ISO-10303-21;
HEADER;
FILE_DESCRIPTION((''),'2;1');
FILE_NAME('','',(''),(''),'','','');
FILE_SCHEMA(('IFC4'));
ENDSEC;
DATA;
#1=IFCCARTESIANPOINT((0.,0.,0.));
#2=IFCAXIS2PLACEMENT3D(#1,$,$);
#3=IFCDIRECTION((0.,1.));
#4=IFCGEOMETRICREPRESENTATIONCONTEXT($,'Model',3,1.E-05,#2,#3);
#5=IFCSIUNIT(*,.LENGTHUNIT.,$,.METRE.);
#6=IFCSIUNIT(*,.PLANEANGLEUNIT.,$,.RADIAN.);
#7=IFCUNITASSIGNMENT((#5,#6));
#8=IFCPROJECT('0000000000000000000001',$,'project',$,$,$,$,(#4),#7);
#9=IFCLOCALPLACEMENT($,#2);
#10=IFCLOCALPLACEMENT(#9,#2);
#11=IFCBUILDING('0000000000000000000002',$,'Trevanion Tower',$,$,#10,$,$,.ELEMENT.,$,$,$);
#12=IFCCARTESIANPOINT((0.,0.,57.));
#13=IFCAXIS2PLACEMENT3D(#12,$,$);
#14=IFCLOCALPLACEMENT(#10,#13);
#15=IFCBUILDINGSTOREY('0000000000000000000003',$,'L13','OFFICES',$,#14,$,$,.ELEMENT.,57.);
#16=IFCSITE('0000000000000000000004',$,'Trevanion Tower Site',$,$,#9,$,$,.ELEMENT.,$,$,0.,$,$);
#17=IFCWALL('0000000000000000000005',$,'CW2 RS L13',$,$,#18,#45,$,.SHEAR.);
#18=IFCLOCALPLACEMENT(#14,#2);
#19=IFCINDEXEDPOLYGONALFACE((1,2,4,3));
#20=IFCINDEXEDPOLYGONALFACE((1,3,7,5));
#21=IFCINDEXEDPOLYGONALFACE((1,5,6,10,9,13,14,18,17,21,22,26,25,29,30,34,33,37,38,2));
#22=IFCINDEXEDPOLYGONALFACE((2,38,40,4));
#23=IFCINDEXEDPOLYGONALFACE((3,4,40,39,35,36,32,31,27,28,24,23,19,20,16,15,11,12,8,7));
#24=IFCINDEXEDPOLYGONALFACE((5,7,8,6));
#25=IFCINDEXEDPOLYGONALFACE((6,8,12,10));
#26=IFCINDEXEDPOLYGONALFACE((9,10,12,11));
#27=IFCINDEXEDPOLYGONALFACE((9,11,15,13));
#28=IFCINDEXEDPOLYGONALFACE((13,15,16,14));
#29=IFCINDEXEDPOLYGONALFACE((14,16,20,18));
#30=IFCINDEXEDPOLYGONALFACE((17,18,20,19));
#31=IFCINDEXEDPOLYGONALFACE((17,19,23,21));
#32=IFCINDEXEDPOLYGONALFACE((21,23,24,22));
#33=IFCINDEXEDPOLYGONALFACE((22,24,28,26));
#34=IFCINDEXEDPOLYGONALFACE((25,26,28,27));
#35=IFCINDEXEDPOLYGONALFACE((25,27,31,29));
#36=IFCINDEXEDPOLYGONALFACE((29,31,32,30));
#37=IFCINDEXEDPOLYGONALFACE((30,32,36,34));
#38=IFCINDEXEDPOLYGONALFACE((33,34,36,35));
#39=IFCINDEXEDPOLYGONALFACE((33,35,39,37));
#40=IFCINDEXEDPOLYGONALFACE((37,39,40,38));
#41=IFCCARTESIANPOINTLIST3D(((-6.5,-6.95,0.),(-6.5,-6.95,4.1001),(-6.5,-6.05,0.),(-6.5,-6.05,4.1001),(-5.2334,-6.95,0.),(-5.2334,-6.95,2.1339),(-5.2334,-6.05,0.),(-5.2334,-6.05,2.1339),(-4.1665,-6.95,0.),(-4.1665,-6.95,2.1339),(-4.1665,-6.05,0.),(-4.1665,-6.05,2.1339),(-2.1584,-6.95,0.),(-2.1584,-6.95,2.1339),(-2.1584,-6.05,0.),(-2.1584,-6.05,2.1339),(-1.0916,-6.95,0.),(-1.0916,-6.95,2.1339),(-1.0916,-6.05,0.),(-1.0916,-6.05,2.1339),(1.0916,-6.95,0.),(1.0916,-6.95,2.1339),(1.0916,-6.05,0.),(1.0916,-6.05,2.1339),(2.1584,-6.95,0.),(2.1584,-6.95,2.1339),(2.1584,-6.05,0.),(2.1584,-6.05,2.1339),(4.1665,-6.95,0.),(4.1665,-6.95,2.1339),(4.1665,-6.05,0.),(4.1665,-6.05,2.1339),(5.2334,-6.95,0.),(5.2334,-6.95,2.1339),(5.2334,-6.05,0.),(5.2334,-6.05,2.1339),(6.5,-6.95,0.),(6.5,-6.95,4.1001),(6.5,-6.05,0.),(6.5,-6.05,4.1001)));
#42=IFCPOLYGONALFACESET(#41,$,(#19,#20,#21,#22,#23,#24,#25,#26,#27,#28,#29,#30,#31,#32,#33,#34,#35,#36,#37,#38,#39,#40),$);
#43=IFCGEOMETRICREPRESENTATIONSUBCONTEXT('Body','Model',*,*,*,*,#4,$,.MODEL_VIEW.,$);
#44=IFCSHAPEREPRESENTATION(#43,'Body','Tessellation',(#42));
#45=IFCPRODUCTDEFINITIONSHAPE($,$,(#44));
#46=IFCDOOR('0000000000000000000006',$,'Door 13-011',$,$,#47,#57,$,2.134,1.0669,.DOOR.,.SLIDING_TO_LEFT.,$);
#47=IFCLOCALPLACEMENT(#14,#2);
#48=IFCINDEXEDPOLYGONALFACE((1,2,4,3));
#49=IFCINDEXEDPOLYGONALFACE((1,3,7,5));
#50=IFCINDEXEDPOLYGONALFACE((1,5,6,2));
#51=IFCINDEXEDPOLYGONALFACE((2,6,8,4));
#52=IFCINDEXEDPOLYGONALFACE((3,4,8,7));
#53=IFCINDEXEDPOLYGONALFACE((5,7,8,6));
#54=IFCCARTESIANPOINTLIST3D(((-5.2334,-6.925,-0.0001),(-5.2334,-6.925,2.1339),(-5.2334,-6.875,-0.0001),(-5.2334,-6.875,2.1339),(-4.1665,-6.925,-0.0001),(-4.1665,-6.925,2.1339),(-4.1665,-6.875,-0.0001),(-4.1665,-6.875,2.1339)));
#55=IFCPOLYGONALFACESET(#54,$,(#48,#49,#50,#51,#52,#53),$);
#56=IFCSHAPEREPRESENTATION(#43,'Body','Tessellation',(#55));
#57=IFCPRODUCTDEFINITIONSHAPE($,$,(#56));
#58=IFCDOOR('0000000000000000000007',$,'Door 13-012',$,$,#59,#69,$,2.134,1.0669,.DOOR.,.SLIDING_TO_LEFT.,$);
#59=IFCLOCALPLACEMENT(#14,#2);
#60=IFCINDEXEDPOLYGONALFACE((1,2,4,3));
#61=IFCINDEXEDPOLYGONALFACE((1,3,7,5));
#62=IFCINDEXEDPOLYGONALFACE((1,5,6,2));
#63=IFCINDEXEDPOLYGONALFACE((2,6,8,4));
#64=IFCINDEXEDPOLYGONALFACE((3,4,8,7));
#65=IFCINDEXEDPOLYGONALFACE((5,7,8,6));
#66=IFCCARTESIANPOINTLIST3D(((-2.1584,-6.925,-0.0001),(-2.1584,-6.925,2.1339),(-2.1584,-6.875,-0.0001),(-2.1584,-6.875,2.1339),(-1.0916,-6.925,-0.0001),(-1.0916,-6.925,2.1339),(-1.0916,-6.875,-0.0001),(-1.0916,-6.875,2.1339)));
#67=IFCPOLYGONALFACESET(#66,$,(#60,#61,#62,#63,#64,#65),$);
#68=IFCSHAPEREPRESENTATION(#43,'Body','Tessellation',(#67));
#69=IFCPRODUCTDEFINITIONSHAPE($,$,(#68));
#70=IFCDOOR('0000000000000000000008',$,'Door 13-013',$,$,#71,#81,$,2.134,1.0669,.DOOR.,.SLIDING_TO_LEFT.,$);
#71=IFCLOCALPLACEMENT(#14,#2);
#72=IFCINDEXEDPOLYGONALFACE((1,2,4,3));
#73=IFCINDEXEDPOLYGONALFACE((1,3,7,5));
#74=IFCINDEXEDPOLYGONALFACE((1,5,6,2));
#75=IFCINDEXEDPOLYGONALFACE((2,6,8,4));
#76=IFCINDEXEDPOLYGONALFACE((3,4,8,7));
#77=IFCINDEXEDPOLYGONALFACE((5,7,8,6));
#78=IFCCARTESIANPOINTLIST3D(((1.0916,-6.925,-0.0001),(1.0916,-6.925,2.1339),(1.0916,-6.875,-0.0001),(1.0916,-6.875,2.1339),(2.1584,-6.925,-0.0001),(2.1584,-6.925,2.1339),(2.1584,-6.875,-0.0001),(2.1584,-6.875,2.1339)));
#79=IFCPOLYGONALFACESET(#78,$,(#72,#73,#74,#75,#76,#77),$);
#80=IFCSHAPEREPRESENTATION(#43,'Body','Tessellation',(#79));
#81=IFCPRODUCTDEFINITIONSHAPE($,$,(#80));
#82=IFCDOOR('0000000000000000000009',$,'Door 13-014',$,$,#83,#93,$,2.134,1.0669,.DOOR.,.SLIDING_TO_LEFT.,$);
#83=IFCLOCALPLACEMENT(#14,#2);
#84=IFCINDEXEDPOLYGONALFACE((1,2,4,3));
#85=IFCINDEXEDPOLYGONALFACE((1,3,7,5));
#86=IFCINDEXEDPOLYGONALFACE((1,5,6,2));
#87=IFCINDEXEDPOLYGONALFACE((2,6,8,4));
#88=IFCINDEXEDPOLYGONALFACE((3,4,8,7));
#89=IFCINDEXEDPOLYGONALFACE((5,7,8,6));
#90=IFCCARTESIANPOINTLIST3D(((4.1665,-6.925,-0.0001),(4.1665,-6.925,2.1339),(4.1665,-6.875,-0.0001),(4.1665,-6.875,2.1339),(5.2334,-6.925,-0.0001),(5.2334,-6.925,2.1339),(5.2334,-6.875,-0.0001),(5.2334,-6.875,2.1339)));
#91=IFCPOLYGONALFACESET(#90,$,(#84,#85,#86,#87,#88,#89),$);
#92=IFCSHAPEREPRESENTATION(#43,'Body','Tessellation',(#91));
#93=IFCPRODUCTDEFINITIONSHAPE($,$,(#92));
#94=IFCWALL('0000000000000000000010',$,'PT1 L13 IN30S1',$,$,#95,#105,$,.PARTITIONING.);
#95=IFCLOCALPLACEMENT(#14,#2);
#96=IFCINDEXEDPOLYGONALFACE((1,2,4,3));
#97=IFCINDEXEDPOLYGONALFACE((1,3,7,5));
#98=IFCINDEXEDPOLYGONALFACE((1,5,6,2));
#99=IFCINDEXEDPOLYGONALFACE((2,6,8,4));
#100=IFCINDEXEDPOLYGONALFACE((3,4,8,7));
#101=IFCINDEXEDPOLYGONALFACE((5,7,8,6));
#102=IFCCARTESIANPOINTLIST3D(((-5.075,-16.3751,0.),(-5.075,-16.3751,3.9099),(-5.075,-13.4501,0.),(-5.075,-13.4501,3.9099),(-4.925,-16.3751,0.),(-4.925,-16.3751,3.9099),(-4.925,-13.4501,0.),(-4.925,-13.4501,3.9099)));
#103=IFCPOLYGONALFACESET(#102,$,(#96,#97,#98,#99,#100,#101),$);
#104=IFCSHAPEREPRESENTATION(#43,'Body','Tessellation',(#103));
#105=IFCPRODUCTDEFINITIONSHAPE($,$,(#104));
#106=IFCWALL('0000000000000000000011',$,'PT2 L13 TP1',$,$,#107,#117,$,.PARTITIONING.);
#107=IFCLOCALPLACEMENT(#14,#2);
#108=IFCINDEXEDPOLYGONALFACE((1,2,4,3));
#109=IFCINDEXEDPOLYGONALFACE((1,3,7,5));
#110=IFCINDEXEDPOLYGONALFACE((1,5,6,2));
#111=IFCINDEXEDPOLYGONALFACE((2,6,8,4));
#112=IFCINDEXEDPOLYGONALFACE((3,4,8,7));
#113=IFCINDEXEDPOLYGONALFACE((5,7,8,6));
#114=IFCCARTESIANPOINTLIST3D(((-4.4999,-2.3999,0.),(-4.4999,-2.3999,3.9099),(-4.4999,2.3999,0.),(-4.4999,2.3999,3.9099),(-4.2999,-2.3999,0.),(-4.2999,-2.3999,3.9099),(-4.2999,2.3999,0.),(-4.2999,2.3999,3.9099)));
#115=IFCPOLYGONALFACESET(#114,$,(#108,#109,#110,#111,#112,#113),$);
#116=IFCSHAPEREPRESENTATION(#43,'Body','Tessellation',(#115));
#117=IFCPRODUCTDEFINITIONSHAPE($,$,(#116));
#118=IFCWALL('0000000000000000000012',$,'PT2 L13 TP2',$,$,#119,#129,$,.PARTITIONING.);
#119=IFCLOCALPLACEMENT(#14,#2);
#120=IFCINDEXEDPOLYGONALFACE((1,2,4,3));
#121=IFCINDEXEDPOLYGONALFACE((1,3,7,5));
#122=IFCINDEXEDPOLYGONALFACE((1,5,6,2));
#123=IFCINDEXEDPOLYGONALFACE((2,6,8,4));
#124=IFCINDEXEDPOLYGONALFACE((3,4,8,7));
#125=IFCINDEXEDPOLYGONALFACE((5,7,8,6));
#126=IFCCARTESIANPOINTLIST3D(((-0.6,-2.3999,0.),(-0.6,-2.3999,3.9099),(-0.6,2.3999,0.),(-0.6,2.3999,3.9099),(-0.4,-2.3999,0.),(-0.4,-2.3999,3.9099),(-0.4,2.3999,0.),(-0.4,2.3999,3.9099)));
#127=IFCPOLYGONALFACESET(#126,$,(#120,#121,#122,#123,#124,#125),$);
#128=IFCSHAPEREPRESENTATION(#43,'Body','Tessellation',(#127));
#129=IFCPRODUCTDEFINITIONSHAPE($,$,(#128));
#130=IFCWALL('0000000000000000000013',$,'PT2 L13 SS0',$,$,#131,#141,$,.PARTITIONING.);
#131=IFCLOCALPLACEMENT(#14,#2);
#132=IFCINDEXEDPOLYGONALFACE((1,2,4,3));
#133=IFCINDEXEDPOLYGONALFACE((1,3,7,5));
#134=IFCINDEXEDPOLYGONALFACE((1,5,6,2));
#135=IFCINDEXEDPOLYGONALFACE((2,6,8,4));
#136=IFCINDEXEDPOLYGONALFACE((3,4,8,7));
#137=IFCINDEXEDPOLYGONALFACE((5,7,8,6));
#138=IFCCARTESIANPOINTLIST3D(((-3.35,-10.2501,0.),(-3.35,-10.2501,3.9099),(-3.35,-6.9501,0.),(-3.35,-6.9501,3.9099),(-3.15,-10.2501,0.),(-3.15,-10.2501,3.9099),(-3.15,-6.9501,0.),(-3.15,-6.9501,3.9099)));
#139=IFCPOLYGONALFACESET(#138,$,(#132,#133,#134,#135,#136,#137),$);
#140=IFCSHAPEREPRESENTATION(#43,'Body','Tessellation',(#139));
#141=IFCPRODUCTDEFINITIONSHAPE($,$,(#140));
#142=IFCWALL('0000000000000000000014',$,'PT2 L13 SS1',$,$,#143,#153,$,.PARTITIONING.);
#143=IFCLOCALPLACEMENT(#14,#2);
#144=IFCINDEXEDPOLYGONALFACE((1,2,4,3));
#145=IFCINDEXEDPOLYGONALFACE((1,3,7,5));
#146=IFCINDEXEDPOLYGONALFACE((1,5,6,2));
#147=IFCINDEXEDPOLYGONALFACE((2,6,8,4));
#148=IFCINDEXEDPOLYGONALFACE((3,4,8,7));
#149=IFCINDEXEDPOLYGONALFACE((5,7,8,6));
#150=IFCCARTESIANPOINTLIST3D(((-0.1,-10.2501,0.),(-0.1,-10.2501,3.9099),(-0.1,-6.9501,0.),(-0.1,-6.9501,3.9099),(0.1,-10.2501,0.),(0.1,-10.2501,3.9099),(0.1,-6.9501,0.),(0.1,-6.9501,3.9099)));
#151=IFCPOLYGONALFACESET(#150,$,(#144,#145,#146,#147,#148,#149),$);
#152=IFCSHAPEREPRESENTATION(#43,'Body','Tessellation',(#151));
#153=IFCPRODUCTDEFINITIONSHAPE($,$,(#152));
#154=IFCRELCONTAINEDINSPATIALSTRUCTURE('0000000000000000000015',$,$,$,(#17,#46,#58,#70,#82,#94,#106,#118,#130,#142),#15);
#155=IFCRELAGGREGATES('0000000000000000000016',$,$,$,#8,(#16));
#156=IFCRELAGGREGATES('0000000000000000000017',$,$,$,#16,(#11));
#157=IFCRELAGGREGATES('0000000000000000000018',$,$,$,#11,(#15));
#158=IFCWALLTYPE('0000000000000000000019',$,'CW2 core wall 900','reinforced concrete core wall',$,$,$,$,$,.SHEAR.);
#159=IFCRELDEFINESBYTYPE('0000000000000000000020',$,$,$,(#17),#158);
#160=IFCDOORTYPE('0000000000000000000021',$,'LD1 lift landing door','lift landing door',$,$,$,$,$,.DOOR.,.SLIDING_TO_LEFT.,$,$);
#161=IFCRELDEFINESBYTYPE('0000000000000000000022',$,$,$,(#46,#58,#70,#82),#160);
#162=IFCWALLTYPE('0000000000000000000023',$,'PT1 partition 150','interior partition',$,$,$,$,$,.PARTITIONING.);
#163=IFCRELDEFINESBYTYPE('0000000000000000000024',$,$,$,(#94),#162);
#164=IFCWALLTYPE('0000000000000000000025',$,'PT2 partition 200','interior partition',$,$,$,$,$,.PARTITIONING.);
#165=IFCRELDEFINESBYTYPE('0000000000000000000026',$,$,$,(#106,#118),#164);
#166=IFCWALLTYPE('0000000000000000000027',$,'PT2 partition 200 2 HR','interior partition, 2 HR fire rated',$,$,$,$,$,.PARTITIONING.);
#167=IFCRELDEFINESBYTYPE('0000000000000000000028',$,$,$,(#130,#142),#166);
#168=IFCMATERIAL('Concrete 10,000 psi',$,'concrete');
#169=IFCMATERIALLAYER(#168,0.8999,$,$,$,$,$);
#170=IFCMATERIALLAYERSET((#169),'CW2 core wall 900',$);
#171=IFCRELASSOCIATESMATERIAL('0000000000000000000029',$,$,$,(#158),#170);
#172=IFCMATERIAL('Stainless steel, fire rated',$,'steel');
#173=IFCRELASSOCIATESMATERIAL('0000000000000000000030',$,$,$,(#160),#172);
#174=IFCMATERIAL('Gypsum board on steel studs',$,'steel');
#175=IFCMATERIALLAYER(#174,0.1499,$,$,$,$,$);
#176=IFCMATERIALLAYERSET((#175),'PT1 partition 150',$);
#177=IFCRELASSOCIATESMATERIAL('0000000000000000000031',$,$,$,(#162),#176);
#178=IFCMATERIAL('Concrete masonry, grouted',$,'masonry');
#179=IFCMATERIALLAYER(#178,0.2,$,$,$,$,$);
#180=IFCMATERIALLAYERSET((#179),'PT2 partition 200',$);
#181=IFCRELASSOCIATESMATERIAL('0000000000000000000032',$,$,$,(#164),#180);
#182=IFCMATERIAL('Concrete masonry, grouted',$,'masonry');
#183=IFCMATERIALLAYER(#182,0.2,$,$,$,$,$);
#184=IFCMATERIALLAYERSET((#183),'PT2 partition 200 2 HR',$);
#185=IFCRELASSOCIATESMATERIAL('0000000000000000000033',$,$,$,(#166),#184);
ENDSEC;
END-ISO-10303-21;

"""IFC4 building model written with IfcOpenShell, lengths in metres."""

from ifc_helpers import new_model, si_unit, direction, frame, frame_2d, origin, place, context, subcontext, project, spatial, rectangle, extrude, material, layer, layer_set, type_object, element, fill, save


model = new_model("IFC4")

# Units and contexts
model_context = context("Model", 3, precision=1e-05, world=origin(), true_north=direction((0.0, 1.0)))
body_context = subcontext(model_context, "Body", "Model", "MODEL_VIEW")
ifc_project = project(units=[si_unit("LENGTHUNIT", "METRE"), si_unit("PLANEANGLEUNIT", "RADIAN")], contexts=[model_context])

# Site, building, storey
site_placement = place(None, origin())
site = spatial("IfcSite", under=ifc_project, at=site_placement, Name="Trevanion Tower Site", CompositionType="ELEMENT", RefElevation=0.0)
building_placement = place(site_placement, origin())
building = spatial("IfcBuilding", under=site, at=building_placement, Name="Trevanion Tower", CompositionType="ELEMENT")
storey_placement = place(building_placement, frame((0.0, 0.0, 57.0)))
storey = spatial("IfcBuildingStorey", under=building, at=storey_placement, Name="L13", Description="OFFICES", CompositionType="ELEMENT", Elevation=57.0)

# Shared definitions
ifc_material_1 = material(Name="Concrete 10,000 psi", Category="concrete")
ifc_layer_1 = layer(ifc_material_1, 0.8999)
ifc_layer_set_1 = layer_set([ifc_layer_1], Name="CW2 core wall 900")
wall_type_1 = type_object("IfcWallType", Name="CW2 core wall 900", Description="reinforced concrete core wall", PredefinedType="SHEAR", material=ifc_layer_set_1)

# Wall, openings, doors
wall_1_placement = place(storey_placement, frame((-6.5, -6.5, 0.0), z_axis=(0.0, 0.0, 1.0), x_axis=(1.0, 0.0, 0.0)))
wall_1 = element("IfcWall", 1, at=wall_1_placement, inside=storey, type_object=wall_type_1, Name="CW2 RS L13", PredefinedType="SHEAR", context=body_context, shape_type="SweptSolid", body=[
    extrude(rectangle(XDim=13.0, YDim=0.8999, at=frame_2d((6.5, 0.0))), origin(), (0.0, 0.0, 1.0), 4.1001),
])
opening_1_placement = place(wall_1_placement, frame((1.2666, 0.0, 0.0)))
opening_1 = element("IfcOpeningElement", 2, at=opening_1_placement, cuts=wall_1, PredefinedType="OPENING", context=body_context, shape_type="SweptSolid", body=[
    extrude(rectangle(XDim=1.0669, YDim=2.134, at=frame_2d((0.5334, 1.0669))), frame((0.0, 0.46, 0.0), z_axis=(0.0, -1.0, 0.0), x_axis=(1.0, 0.0, 0.0)), (0.0, 0.0, 1.0), 0.9199),
])
opening_2_placement = place(wall_1_placement, frame((4.3416, 0.0, 0.0)))
opening_2 = element("IfcOpeningElement", 3, at=opening_2_placement, cuts=wall_1, PredefinedType="OPENING", context=body_context, shape_type="SweptSolid", body=[
    extrude(rectangle(XDim=1.0669, YDim=2.134, at=frame_2d((0.5334, 1.0669))), frame((0.0, 0.46, 0.0), z_axis=(0.0, -1.0, 0.0), x_axis=(1.0, 0.0, 0.0)), (0.0, 0.0, 1.0), 0.9199),
])
opening_3_placement = place(wall_1_placement, frame((7.5916, 0.0, 0.0)))
opening_3 = element("IfcOpeningElement", 4, at=opening_3_placement, cuts=wall_1, PredefinedType="OPENING", context=body_context, shape_type="SweptSolid", body=[
    extrude(rectangle(XDim=1.0669, YDim=2.134, at=frame_2d((0.5334, 1.0669))), frame((0.0, 0.46, 0.0), z_axis=(0.0, -1.0, 0.0), x_axis=(1.0, 0.0, 0.0)), (0.0, 0.0, 1.0), 0.9199),
])
opening_4_placement = place(wall_1_placement, frame((10.6665, 0.0, 0.0)))
opening_4 = element("IfcOpeningElement", 5, at=opening_4_placement, cuts=wall_1, PredefinedType="OPENING", context=body_context, shape_type="SweptSolid", body=[
    extrude(rectangle(XDim=1.0669, YDim=2.134, at=frame_2d((0.5334, 1.0669))), frame((0.0, 0.46, 0.0), z_axis=(0.0, -1.0, 0.0), x_axis=(1.0, 0.0, 0.0)), (0.0, 0.0, 1.0), 0.9199),
])
ifc_material_2 = material(Name="Stainless steel, fire rated", Category="steel")
door_type_1 = type_object("IfcDoorType", Name="LD1 lift landing door", Description="lift landing door", OperationType="SLIDING_TO_LEFT", PredefinedType="DOOR", material=ifc_material_2)
door_1_placement = place(opening_1_placement, origin())
door_1 = element("IfcDoor", 6, at=door_1_placement, inside=storey, type_object=door_type_1, Name="Door 13-011", OperationType="SLIDING_TO_LEFT", OverallHeight=2.134, OverallWidth=1.0669, PredefinedType="DOOR", context=body_context, shape_type="SweptSolid", body=[
    extrude(rectangle(XDim=1.0669, YDim=2.134, at=frame_2d((0.5334, 1.0669))), frame((0.0, -0.375, 0.0), z_axis=(0.0, -1.0, 0.0), x_axis=(1.0, 0.0, 0.0)), (0.0, 0.0, 1.0), 0.05),
])
fill(opening_1, door_1)
door_2_placement = place(opening_2_placement, origin())
door_2 = element("IfcDoor", 7, at=door_2_placement, inside=storey, type_object=door_type_1, Name="Door 13-012", OperationType="SLIDING_TO_LEFT", OverallHeight=2.134, OverallWidth=1.0669, PredefinedType="DOOR", context=body_context, shape_type="SweptSolid", body=[
    extrude(rectangle(XDim=1.0669, YDim=2.134, at=frame_2d((0.5334, 1.0669))), frame((0.0, -0.375, 0.0), z_axis=(0.0, -1.0, 0.0), x_axis=(1.0, 0.0, 0.0)), (0.0, 0.0, 1.0), 0.05),
])
fill(opening_2, door_2)
door_3_placement = place(opening_3_placement, origin())
door_3 = element("IfcDoor", 8, at=door_3_placement, inside=storey, type_object=door_type_1, Name="Door 13-013", OperationType="SLIDING_TO_LEFT", OverallHeight=2.134, OverallWidth=1.0669, PredefinedType="DOOR", context=body_context, shape_type="SweptSolid", body=[
    extrude(rectangle(XDim=1.0669, YDim=2.134, at=frame_2d((0.5334, 1.0669))), frame((0.0, -0.375, 0.0), z_axis=(0.0, -1.0, 0.0), x_axis=(1.0, 0.0, 0.0)), (0.0, 0.0, 1.0), 0.05),
])
fill(opening_3, door_3)
door_4_placement = place(opening_4_placement, origin())
door_4 = element("IfcDoor", 9, at=door_4_placement, inside=storey, type_object=door_type_1, Name="Door 13-014", OperationType="SLIDING_TO_LEFT", OverallHeight=2.134, OverallWidth=1.0669, PredefinedType="DOOR", context=body_context, shape_type="SweptSolid", body=[
    extrude(rectangle(XDim=1.0669, YDim=2.134, at=frame_2d((0.5334, 1.0669))), frame((0.0, -0.375, 0.0), z_axis=(0.0, -1.0, 0.0), x_axis=(1.0, 0.0, 0.0)), (0.0, 0.0, 1.0), 0.05),
])
fill(opening_4, door_4)

# Walls
ifc_material_3 = material(Name="Gypsum board on steel studs", Category="steel")
ifc_layer_2 = layer(ifc_material_3, 0.1499)
ifc_layer_set_2 = layer_set([ifc_layer_2], Name="PT1 partition 150")
wall_type_2 = type_object("IfcWallType", Name="PT1 partition 150", Description="interior partition", PredefinedType="PARTITIONING", material=ifc_layer_set_2)
wall_2_placement = place(storey_placement, frame((-5.0, -16.375, 0.0), z_axis=(0.0, 0.0, 1.0), x_axis=(0.0, 1.0, 0.0)))
element("IfcWall", 10, at=wall_2_placement, inside=storey, type_object=wall_type_2, Name="PT1 L13 IN30S1", PredefinedType="PARTITIONING", context=body_context, shape_type="SweptSolid", body=[
    extrude(rectangle(XDim=2.925, YDim=0.1499, at=frame_2d((1.4624, 0.0))), origin(), (0.0, 0.0, 1.0), 3.9099),
])
ifc_material_4 = material(Name="Concrete masonry, grouted", Category="masonry")
ifc_layer_3 = layer(ifc_material_4, 0.2)
ifc_layer_set_3 = layer_set([ifc_layer_3], Name="PT2 partition 200")
wall_type_3 = type_object("IfcWallType", Name="PT2 partition 200", Description="interior partition", PredefinedType="PARTITIONING", material=ifc_layer_set_3)
for number, where, z_axis, x_axis, name in (
    (11, (-4.3999, -2.3999, 0.0), (0.0, 0.0, 1.0), (0.0, 1.0, 0.0), "PT2 L13 TP1"),
    (12, (-0.5, -2.3999, 0.0), (0.0, 0.0, 1.0), (0.0, 1.0, 0.0), "PT2 L13 TP2"),
):
    element("IfcWall", number, at=place(storey_placement, frame(where, z_axis=z_axis, x_axis=x_axis)), inside=storey, type_object=wall_type_3, Name=name, PredefinedType="PARTITIONING", context=body_context, shape_type="SweptSolid", body=[
        extrude(rectangle(XDim=4.7998, YDim=0.2, at=frame_2d((2.3999, 0.0))), origin(), (0.0, 0.0, 1.0), 3.9099),
    ])
ifc_material_5 = material(Name="Concrete masonry, grouted", Category="masonry")
ifc_layer_4 = layer(ifc_material_5, 0.2)
ifc_layer_set_4 = layer_set([ifc_layer_4], Name="PT2 partition 200 2 HR")
wall_type_4 = type_object("IfcWallType", Name="PT2 partition 200 2 HR", Description="interior partition, 2 HR fire rated", PredefinedType="PARTITIONING", material=ifc_layer_set_4)
for number, where, z_axis, x_axis, name in (
    (13, (-3.25, -10.25, 0.0), (0.0, 0.0, 1.0), (0.0, 1.0, 0.0), "PT2 L13 SS0"),
    (14, (0.0, -10.25, 0.0), (0.0, 0.0, 1.0), (0.0, 1.0, 0.0), "PT2 L13 SS1"),
):
    element("IfcWall", number, at=place(storey_placement, frame(where, z_axis=z_axis, x_axis=x_axis)), inside=storey, type_object=wall_type_4, Name=name, PredefinedType="PARTITIONING", context=body_context, shape_type="SweptSolid", body=[
        extrude(rectangle(XDim=3.3, YDim=0.2, at=frame_2d((1.6499, 0.0))), origin(), (0.0, 0.0, 1.0), 3.9099),
    ])

save(model, "model.ifc")
